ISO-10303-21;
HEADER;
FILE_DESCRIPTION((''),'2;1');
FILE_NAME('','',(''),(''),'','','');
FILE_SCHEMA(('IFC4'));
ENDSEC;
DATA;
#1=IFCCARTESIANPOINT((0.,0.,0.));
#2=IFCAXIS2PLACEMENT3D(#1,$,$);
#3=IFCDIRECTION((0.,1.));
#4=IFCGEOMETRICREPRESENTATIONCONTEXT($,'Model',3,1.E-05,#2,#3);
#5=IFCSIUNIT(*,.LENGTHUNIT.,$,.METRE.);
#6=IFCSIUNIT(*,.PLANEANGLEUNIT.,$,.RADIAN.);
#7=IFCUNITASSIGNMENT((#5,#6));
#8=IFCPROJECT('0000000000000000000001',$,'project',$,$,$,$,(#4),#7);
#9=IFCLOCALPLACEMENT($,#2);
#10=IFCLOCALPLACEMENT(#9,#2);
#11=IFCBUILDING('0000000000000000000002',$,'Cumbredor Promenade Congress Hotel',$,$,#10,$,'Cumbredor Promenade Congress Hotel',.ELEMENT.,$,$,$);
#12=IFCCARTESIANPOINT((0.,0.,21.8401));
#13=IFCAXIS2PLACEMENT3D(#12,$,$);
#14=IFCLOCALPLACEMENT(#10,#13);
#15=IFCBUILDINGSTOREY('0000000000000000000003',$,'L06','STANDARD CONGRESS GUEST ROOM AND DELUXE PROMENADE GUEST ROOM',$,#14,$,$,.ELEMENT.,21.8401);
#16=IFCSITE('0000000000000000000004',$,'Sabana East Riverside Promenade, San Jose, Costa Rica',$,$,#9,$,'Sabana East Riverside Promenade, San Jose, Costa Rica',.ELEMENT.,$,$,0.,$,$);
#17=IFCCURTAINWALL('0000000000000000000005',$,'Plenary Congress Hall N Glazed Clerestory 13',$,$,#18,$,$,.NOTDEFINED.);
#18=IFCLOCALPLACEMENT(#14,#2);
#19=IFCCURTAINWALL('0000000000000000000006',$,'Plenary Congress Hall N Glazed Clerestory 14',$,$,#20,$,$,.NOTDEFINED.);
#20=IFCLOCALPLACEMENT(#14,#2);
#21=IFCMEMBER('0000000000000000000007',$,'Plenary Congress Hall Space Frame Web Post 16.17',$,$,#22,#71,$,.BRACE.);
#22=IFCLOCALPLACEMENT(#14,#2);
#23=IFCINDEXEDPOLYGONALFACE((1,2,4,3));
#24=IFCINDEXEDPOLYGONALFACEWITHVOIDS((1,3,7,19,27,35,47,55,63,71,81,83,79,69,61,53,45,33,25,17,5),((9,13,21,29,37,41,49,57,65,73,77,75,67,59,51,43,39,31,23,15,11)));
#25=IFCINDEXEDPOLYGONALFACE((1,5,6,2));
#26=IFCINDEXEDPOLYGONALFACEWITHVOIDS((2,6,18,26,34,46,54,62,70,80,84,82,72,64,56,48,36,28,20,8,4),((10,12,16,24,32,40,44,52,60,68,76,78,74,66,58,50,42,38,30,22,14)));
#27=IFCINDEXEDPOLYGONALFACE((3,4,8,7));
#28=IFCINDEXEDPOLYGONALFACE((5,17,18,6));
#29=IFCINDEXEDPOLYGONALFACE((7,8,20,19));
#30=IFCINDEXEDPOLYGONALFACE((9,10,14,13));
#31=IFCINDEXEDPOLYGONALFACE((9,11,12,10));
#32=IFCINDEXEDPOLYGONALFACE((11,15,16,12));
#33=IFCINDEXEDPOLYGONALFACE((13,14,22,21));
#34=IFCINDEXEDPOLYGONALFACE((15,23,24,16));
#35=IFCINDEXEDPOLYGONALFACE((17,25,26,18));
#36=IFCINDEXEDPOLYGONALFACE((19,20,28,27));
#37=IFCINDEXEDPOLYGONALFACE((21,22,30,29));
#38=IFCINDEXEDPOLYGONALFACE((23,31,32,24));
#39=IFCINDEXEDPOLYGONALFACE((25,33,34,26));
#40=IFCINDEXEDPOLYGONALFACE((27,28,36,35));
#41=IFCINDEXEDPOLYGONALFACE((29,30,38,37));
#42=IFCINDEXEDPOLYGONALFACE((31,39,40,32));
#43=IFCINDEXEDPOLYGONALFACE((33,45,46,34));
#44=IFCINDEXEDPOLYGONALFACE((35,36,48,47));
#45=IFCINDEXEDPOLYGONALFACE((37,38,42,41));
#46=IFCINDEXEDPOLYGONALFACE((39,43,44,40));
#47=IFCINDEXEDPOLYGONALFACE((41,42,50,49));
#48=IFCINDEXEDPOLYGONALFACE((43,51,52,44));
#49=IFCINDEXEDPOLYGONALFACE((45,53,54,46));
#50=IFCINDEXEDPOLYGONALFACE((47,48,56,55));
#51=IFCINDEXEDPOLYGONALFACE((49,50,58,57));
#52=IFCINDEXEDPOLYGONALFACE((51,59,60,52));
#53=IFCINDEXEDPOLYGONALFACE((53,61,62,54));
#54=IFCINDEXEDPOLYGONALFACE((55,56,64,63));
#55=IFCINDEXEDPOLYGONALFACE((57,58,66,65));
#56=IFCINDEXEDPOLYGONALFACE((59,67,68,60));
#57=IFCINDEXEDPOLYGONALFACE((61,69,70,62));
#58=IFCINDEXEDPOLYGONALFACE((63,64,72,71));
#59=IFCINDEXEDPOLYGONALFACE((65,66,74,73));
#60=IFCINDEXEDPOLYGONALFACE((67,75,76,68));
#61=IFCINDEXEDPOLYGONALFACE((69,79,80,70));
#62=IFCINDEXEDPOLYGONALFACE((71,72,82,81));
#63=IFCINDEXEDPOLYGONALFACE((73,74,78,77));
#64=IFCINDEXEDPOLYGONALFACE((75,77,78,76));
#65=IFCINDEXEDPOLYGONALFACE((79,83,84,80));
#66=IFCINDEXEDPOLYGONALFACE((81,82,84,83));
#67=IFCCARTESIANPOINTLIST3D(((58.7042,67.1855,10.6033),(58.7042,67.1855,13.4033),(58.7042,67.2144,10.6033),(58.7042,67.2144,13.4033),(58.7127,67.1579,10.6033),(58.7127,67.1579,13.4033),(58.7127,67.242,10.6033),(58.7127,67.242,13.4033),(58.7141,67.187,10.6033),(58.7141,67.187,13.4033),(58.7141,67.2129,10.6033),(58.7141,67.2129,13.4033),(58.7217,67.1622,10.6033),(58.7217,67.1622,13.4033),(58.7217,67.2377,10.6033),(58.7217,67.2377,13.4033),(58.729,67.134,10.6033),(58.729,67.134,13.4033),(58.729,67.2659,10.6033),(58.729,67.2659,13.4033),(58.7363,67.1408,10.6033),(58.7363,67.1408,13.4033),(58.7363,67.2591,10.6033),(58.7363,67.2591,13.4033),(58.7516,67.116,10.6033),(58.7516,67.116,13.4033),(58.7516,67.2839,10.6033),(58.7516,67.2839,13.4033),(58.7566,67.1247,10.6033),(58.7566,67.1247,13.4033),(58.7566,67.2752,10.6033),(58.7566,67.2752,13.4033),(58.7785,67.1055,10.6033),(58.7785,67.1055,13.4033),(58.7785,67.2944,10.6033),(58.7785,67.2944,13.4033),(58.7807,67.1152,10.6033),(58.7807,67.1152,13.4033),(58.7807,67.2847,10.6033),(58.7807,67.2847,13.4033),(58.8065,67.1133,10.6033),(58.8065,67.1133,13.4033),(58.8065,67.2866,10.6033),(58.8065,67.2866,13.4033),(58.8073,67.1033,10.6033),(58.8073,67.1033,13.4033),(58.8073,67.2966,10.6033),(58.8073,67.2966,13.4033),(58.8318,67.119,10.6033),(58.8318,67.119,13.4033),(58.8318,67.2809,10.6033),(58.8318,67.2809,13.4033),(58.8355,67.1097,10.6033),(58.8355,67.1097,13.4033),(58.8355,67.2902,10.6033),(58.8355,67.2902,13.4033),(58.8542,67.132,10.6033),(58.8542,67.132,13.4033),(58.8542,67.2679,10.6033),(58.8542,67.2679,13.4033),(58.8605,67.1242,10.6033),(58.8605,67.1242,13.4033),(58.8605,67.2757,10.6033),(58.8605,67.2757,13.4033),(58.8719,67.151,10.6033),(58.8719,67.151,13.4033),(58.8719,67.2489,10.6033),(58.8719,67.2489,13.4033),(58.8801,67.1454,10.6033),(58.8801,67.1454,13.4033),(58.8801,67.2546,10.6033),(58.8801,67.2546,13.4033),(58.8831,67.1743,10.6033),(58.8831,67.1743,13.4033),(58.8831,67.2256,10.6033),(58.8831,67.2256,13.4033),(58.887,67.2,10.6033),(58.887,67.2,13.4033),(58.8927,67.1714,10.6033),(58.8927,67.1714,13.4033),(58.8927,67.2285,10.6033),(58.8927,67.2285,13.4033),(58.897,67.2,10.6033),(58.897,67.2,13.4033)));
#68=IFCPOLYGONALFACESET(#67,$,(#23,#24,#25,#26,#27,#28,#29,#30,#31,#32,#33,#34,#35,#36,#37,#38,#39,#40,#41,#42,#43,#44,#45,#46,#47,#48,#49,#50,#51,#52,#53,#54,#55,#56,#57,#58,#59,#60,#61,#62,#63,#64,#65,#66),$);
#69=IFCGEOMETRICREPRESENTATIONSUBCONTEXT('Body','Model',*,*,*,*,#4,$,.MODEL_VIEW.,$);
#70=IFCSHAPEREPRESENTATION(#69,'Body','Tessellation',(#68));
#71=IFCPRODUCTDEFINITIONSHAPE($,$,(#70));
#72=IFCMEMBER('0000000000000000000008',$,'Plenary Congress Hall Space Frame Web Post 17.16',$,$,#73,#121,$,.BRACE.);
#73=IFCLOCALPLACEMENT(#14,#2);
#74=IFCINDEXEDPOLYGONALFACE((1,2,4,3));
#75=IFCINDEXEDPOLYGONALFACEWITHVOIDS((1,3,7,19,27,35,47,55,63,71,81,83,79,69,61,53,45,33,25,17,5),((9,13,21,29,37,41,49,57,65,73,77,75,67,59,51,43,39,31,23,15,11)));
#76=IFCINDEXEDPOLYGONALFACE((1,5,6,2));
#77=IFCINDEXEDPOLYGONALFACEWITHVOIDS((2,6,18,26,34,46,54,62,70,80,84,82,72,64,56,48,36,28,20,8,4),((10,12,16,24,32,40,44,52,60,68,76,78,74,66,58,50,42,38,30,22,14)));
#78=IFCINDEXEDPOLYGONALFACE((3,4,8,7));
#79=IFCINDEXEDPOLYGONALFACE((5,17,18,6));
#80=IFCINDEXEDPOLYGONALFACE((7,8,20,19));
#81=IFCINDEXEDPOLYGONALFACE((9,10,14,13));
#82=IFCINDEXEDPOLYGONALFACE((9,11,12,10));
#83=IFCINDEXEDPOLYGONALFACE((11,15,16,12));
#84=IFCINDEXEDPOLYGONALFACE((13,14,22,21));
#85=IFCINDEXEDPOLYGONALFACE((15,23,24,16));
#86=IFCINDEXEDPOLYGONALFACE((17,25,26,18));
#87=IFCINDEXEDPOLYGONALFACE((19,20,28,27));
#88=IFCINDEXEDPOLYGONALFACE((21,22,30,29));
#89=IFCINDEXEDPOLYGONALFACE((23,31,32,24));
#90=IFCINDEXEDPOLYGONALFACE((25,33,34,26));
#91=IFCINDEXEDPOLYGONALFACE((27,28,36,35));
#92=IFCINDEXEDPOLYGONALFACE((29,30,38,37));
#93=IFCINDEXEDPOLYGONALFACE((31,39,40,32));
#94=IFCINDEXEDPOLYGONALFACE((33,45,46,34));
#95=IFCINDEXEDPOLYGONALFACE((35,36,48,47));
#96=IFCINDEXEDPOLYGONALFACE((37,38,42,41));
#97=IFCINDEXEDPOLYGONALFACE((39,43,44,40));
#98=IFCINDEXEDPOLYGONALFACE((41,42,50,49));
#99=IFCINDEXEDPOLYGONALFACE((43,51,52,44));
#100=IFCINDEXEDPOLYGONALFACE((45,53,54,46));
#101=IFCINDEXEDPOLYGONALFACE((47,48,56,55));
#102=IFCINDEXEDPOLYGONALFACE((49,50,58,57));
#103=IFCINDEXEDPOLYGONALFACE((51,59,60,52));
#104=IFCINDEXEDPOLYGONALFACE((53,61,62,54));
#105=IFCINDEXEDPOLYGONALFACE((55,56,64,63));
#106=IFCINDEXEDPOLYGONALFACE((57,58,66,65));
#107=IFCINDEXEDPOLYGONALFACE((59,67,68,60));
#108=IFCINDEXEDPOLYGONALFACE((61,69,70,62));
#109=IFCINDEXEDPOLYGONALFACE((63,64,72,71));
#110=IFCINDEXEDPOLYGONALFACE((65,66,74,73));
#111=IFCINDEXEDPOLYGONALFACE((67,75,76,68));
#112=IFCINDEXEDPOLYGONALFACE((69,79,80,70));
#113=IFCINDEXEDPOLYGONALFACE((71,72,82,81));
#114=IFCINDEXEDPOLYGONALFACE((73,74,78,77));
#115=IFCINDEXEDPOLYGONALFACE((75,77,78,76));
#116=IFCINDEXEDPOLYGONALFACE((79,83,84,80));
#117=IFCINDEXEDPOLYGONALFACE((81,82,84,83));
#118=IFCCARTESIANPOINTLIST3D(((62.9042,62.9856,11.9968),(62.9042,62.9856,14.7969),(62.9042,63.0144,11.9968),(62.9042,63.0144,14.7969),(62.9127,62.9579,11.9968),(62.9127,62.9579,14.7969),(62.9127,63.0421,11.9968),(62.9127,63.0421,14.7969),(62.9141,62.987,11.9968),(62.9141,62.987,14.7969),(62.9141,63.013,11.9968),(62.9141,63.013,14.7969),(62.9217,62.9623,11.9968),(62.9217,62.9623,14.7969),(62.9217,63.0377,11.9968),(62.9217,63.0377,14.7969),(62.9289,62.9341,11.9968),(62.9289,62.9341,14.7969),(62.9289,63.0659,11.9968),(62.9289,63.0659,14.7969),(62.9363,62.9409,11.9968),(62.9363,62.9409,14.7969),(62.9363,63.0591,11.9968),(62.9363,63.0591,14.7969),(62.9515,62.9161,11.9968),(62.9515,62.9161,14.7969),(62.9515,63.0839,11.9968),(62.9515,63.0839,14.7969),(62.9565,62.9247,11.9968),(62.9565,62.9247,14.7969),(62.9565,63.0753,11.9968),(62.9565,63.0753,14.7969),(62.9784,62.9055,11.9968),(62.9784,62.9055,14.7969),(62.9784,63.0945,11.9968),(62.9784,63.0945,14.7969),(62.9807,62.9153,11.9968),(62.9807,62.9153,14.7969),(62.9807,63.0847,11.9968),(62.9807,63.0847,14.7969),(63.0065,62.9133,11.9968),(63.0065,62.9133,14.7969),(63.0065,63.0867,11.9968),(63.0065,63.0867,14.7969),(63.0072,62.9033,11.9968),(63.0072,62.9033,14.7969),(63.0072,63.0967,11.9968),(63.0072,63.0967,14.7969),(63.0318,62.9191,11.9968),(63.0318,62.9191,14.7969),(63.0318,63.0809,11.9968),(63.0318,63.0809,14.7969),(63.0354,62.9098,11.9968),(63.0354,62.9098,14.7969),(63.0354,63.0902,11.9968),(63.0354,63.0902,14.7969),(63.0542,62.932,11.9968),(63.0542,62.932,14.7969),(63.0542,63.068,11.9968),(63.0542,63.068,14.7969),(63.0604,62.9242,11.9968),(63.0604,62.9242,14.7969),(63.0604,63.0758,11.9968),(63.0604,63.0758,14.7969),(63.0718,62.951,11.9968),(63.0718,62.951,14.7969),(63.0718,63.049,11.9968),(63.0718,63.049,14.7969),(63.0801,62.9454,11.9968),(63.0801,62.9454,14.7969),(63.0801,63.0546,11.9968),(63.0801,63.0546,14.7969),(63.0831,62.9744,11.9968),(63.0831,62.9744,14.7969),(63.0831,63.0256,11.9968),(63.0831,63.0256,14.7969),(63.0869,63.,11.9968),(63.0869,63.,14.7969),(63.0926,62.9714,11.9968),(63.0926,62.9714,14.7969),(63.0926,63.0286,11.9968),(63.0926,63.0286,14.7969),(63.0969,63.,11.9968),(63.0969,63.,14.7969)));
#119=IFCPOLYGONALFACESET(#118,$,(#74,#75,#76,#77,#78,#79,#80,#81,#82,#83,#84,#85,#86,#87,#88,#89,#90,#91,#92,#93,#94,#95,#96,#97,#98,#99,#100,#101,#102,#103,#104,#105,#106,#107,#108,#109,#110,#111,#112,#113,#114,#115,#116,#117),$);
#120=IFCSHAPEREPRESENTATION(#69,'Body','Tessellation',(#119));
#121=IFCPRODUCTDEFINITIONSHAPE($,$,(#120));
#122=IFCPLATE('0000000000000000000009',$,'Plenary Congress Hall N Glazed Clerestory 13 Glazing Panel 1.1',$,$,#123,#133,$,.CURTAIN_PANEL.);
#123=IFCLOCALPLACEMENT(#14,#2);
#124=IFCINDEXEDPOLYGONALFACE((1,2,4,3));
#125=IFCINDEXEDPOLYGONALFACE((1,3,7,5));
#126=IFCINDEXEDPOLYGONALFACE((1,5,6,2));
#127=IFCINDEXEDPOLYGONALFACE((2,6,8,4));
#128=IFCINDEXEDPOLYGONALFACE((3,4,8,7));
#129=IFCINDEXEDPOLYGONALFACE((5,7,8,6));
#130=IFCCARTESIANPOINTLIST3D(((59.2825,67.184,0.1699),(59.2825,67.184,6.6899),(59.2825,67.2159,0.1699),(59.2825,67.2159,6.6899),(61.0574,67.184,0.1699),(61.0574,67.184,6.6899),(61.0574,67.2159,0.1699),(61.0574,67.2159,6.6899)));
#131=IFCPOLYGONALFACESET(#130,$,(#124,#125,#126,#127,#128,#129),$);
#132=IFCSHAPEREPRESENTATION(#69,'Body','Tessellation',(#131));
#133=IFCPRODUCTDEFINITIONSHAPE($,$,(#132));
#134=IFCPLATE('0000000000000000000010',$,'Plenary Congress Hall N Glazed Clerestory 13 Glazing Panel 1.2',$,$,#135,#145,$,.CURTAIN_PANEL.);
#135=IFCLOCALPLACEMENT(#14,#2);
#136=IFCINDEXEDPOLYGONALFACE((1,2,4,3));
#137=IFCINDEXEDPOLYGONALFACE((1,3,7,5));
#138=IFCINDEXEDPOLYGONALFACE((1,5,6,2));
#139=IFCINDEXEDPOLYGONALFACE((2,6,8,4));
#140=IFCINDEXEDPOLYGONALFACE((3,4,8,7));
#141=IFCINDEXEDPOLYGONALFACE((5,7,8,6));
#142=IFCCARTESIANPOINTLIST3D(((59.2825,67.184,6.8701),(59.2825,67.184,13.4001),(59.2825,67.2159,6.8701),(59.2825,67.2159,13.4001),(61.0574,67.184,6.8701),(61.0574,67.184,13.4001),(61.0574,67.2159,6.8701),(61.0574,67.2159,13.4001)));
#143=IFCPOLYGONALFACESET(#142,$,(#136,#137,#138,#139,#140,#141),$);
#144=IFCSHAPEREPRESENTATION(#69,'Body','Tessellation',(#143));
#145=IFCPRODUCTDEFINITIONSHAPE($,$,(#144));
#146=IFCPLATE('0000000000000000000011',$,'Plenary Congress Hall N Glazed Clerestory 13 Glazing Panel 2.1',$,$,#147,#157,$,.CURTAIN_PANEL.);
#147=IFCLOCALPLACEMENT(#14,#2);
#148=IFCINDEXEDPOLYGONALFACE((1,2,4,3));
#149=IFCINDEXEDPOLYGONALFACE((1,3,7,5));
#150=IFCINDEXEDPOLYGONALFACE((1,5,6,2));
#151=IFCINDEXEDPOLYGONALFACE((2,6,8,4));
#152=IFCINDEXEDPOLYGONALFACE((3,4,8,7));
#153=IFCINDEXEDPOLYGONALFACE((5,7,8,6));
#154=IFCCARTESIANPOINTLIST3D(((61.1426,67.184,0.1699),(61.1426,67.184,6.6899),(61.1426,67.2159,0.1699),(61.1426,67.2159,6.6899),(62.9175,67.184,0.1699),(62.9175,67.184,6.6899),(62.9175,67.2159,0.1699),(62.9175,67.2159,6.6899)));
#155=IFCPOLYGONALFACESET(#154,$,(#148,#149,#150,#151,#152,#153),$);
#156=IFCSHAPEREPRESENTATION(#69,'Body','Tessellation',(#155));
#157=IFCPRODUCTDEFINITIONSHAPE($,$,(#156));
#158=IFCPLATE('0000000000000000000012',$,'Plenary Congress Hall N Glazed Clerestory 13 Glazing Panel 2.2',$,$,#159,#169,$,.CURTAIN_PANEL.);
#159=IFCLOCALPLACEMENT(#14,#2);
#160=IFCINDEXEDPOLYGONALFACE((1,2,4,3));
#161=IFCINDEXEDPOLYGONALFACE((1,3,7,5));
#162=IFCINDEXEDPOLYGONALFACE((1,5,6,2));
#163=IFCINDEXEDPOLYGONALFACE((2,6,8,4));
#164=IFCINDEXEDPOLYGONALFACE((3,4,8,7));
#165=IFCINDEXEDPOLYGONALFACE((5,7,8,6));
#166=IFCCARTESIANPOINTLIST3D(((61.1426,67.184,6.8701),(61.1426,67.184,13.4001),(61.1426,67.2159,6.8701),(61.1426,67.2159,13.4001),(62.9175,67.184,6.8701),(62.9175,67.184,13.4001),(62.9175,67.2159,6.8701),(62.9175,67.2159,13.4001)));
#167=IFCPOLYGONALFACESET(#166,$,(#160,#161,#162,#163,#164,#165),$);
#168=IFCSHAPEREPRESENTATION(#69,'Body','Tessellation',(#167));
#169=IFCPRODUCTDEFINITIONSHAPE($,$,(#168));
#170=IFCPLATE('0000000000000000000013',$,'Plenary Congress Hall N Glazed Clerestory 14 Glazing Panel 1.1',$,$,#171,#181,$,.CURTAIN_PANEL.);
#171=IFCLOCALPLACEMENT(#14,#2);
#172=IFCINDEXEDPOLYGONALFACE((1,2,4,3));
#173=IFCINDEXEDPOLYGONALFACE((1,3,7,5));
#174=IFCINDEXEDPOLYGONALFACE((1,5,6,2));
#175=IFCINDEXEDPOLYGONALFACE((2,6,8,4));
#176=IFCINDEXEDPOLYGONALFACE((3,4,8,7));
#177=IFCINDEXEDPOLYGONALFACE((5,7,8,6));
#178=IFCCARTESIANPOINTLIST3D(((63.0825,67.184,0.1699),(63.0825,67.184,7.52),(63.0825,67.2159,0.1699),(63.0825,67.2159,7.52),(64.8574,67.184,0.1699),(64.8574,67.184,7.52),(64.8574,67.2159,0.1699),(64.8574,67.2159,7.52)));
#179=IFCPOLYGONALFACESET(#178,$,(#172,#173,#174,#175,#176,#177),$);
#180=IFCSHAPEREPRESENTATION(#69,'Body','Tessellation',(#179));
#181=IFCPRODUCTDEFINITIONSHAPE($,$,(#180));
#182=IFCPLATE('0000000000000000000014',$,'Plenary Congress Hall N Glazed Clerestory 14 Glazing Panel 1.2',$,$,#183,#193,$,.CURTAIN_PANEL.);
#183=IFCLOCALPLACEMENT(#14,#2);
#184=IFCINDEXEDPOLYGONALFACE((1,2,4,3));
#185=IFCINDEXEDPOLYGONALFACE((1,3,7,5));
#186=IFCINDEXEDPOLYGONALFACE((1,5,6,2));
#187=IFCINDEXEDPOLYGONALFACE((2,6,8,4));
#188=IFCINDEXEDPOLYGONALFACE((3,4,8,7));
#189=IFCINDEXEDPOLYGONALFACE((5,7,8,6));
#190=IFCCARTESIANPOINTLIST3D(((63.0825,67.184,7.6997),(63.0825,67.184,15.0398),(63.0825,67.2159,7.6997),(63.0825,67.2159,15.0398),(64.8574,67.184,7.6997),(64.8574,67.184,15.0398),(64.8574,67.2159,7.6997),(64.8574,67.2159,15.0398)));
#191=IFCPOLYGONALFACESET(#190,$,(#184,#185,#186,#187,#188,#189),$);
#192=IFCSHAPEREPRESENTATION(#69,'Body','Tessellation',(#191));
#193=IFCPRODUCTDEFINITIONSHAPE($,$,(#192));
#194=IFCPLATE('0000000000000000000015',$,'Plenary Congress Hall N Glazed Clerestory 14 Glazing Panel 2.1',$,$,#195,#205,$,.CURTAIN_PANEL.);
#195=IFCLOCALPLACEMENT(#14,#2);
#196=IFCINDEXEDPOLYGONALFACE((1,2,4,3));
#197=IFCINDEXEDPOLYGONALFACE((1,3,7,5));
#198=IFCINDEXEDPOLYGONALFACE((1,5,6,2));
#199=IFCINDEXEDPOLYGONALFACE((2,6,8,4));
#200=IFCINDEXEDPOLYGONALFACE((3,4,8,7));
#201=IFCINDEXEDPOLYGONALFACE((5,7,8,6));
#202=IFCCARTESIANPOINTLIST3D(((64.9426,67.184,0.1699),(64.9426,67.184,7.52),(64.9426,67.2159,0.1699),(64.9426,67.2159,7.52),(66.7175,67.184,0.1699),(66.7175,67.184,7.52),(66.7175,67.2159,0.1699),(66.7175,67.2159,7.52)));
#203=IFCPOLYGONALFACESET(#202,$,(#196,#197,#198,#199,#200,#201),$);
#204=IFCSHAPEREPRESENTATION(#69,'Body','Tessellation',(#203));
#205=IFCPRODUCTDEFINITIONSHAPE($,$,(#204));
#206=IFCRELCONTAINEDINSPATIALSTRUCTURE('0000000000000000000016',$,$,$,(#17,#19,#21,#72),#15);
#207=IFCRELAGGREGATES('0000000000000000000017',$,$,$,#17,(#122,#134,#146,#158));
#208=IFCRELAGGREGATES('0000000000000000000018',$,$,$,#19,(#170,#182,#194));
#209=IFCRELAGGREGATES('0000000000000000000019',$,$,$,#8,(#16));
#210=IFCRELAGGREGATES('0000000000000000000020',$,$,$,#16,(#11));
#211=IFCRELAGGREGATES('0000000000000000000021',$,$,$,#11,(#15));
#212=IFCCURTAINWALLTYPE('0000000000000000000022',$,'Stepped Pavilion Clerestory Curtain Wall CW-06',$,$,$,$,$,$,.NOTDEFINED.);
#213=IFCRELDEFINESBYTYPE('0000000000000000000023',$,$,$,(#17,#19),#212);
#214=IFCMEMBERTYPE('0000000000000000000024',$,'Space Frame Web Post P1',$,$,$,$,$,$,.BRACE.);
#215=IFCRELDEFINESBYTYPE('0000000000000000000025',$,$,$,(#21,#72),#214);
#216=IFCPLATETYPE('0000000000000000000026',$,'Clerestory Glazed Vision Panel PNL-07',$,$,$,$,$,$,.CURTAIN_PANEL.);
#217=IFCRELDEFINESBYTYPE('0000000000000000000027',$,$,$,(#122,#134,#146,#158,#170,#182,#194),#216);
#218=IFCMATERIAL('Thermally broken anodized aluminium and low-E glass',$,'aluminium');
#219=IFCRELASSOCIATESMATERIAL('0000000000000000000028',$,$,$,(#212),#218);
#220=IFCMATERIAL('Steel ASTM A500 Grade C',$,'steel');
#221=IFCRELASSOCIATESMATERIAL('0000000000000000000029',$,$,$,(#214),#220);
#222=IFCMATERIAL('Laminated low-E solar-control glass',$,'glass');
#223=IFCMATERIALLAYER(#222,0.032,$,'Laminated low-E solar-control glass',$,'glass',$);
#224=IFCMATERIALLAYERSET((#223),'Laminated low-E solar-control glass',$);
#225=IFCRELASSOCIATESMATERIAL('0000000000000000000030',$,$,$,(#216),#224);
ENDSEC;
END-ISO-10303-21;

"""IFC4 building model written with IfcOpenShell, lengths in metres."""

from ifc_helpers import new_model, si_unit, direction, frame, origin, origin_2d, place, context, subcontext, project, spatial, rectangle, hollow_circle, extrude, material, layer, layer_set, material_profile, profile_set, type_object, element, aggregate, save


model = new_model("IFC4")

# Units and contexts
model_context = context("Model", 3, precision=1e-05, world=origin(), true_north=direction((0.0, 1.0)))
body_context = subcontext(model_context, "Body", "Model", "MODEL_VIEW")
ifc_project = project(units=[si_unit("LENGTHUNIT", "METRE"), si_unit("PLANEANGLEUNIT", "RADIAN")], contexts=[model_context])

# Site, building, storey
site_placement = place(None, origin())
site = spatial("IfcSite", under=ifc_project, at=site_placement, Name="Sabana East Riverside Promenade, San Jose, Costa Rica", LongName="Sabana East Riverside Promenade, San Jose, Costa Rica", CompositionType="ELEMENT", RefElevation=0.0)
building_placement = place(site_placement, origin())
building = spatial("IfcBuilding", under=site, at=building_placement, Name="Cumbredor Promenade Congress Hotel", LongName="Cumbredor Promenade Congress Hotel", CompositionType="ELEMENT")
storey_placement = place(building_placement, frame((0.0, 0.0, 21.8401)))
storey = spatial("IfcBuildingStorey", under=building, at=storey_placement, Name="L06", Description="STANDARD CONGRESS GUEST ROOM AND DELUXE PROMENADE GUEST ROOM", CompositionType="ELEMENT", Elevation=21.8401)

# Curtain walls
ifc_material_1 = material(Name="Thermally broken anodized aluminium and low-E glass", Category="aluminium")
curtain_wall_type = type_object("IfcCurtainWallType", Name="Stepped Pavilion Clerestory Curtain Wall CW-06", PredefinedType="NOTDEFINED", material=ifc_material_1)
curtain_wall_1_placement = place(storey_placement, origin())
curtain_wall_1 = element("IfcCurtainWall", 1, at=curtain_wall_1_placement, inside=storey, type_object=curtain_wall_type, Name="Plenary Congress Hall N Glazed Clerestory 13", PredefinedType="NOTDEFINED")
curtain_wall_2_placement = place(storey_placement, origin())
curtain_wall_2 = element("IfcCurtainWall", 2, at=curtain_wall_2_placement, inside=storey, type_object=curtain_wall_type, Name="Plenary Congress Hall N Glazed Clerestory 14", PredefinedType="NOTDEFINED")

# Members
ifc_material_2 = material(Name="Steel ASTM A500 Grade C", Category="steel")
ifc_material_profile_1 = material_profile(ifc_material_2, hollow_circle(Radius=0.0969, WallThickness=0.01, at=origin_2d()), Name="CHS 193.7x10")
ifc_profile_set_1 = profile_set([ifc_material_profile_1], Name="Steel ASTM A500 Grade C")
member_type_1 = type_object("IfcMemberType", Name="Space Frame Web Post P1", PredefinedType="BRACE", material=ifc_profile_set_1)
for number, where, z_axis, x_axis, name in (
    (3, (58.8, 67.2, 10.6033), (0.0, 0.0, 1.0), (1.0, 0.0, 0.0), "Plenary Congress Hall Space Frame Web Post 16.17"),
    (4, (63.0, 63.0, 11.9968), (0.0, 0.0, 1.0), (1.0, 0.0, 0.0), "Plenary Congress Hall Space Frame Web Post 17.16"),
):
    element("IfcMember", number, at=place(storey_placement, frame(where, z_axis=z_axis, x_axis=x_axis)), inside=storey, type_object=member_type_1, Name=name, PredefinedType="BRACE", context=body_context, shape_type="SweptSolid", body=[
        extrude(hollow_circle(Radius=0.0969, WallThickness=0.01, at=origin_2d()), origin(), (0.0, 0.0, 1.0), 2.8),
    ])

# Plates
ifc_material_3 = material(Name="Laminated low-E solar-control glass", Category="glass")
ifc_layer_1 = layer(ifc_material_3, 0.032, Name="Laminated low-E solar-control glass", Category="glass")
ifc_layer_set_1 = layer_set([ifc_layer_1], Name="Laminated low-E solar-control glass")
plate_type_1 = type_object("IfcPlateType", Name="Clerestory Glazed Vision Panel PNL-07", PredefinedType="CURTAIN_PANEL", material=ifc_layer_set_1)
plate_1_placement = place(storey_placement, frame((60.1699, 67.2, 0.1699), z_axis=(0.0, 0.0, 1.0), x_axis=(1.0, 0.0, 0.0)))
plate_1 = element("IfcPlate", 5, at=plate_1_placement, type_object=plate_type_1, Name="Plenary Congress Hall N Glazed Clerestory 13 Glazing Panel 1.1", PredefinedType="CURTAIN_PANEL", context=body_context, shape_type="SweptSolid", body=[
    extrude(rectangle(XDim=1.7749, YDim=0.032, at=origin_2d()), origin(), (0.0, 0.0, 1.0), 6.52),
])
plate_2_placement = place(storey_placement, frame((60.1699, 67.2, 6.8701), z_axis=(0.0, 0.0, 1.0), x_axis=(1.0, 0.0, 0.0)))
plate_2 = element("IfcPlate", 6, at=plate_2_placement, type_object=plate_type_1, Name="Plenary Congress Hall N Glazed Clerestory 13 Glazing Panel 1.2", PredefinedType="CURTAIN_PANEL", context=body_context, shape_type="SweptSolid", body=[
    extrude(rectangle(XDim=1.7749, YDim=0.032, at=origin_2d()), origin(), (0.0, 0.0, 1.0), 6.53),
])
plate_3_placement = place(storey_placement, frame((62.03, 67.2, 0.1699), z_axis=(0.0, 0.0, 1.0), x_axis=(1.0, 0.0, 0.0)))
plate_3 = element("IfcPlate", 7, at=plate_3_placement, type_object=plate_type_1, Name="Plenary Congress Hall N Glazed Clerestory 13 Glazing Panel 2.1", PredefinedType="CURTAIN_PANEL", context=body_context, shape_type="SweptSolid", body=[
    extrude(rectangle(XDim=1.7749, YDim=0.032, at=origin_2d()), origin(), (0.0, 0.0, 1.0), 6.52),
])
plate_4_placement = place(storey_placement, frame((62.03, 67.2, 6.8701), z_axis=(0.0, 0.0, 1.0), x_axis=(1.0, 0.0, 0.0)))
plate_4 = element("IfcPlate", 8, at=plate_4_placement, type_object=plate_type_1, Name="Plenary Congress Hall N Glazed Clerestory 13 Glazing Panel 2.2", PredefinedType="CURTAIN_PANEL", context=body_context, shape_type="SweptSolid", body=[
    extrude(rectangle(XDim=1.7749, YDim=0.032, at=origin_2d()), origin(), (0.0, 0.0, 1.0), 6.53),
])
aggregate(curtain_wall_1, [plate_1, plate_2, plate_3, plate_4])
plate_5_placement = place(storey_placement, frame((63.97, 67.2, 0.1699), z_axis=(0.0, 0.0, 1.0), x_axis=(1.0, 0.0, 0.0)))
plate_5 = element("IfcPlate", 9, at=plate_5_placement, type_object=plate_type_1, Name="Plenary Congress Hall N Glazed Clerestory 14 Glazing Panel 1.1", PredefinedType="CURTAIN_PANEL", context=body_context, shape_type="SweptSolid", body=[
    extrude(rectangle(XDim=1.7749, YDim=0.032, at=origin_2d()), origin(), (0.0, 0.0, 1.0), 7.3501),
])
plate_6_placement = place(storey_placement, frame((63.97, 67.2, 7.6997), z_axis=(0.0, 0.0, 1.0), x_axis=(1.0, 0.0, 0.0)))
plate_6 = element("IfcPlate", 10, at=plate_6_placement, type_object=plate_type_1, Name="Plenary Congress Hall N Glazed Clerestory 14 Glazing Panel 1.2", PredefinedType="CURTAIN_PANEL", context=body_context, shape_type="SweptSolid", body=[
    extrude(rectangle(XDim=1.7749, YDim=0.032, at=origin_2d()), origin(), (0.0, 0.0, 1.0), 7.3401),
])
plate_7_placement = place(storey_placement, frame((65.8301, 67.2, 0.1699), z_axis=(0.0, 0.0, 1.0), x_axis=(1.0, 0.0, 0.0)))
plate_7 = element("IfcPlate", 11, at=plate_7_placement, type_object=plate_type_1, Name="Plenary Congress Hall N Glazed Clerestory 14 Glazing Panel 2.1", PredefinedType="CURTAIN_PANEL", context=body_context, shape_type="SweptSolid", body=[
    extrude(rectangle(XDim=1.7749, YDim=0.032, at=origin_2d()), origin(), (0.0, 0.0, 1.0), 7.3501),
])
aggregate(curtain_wall_2, [plate_5, plate_6, plate_7])

save(model, "model.ifc")
